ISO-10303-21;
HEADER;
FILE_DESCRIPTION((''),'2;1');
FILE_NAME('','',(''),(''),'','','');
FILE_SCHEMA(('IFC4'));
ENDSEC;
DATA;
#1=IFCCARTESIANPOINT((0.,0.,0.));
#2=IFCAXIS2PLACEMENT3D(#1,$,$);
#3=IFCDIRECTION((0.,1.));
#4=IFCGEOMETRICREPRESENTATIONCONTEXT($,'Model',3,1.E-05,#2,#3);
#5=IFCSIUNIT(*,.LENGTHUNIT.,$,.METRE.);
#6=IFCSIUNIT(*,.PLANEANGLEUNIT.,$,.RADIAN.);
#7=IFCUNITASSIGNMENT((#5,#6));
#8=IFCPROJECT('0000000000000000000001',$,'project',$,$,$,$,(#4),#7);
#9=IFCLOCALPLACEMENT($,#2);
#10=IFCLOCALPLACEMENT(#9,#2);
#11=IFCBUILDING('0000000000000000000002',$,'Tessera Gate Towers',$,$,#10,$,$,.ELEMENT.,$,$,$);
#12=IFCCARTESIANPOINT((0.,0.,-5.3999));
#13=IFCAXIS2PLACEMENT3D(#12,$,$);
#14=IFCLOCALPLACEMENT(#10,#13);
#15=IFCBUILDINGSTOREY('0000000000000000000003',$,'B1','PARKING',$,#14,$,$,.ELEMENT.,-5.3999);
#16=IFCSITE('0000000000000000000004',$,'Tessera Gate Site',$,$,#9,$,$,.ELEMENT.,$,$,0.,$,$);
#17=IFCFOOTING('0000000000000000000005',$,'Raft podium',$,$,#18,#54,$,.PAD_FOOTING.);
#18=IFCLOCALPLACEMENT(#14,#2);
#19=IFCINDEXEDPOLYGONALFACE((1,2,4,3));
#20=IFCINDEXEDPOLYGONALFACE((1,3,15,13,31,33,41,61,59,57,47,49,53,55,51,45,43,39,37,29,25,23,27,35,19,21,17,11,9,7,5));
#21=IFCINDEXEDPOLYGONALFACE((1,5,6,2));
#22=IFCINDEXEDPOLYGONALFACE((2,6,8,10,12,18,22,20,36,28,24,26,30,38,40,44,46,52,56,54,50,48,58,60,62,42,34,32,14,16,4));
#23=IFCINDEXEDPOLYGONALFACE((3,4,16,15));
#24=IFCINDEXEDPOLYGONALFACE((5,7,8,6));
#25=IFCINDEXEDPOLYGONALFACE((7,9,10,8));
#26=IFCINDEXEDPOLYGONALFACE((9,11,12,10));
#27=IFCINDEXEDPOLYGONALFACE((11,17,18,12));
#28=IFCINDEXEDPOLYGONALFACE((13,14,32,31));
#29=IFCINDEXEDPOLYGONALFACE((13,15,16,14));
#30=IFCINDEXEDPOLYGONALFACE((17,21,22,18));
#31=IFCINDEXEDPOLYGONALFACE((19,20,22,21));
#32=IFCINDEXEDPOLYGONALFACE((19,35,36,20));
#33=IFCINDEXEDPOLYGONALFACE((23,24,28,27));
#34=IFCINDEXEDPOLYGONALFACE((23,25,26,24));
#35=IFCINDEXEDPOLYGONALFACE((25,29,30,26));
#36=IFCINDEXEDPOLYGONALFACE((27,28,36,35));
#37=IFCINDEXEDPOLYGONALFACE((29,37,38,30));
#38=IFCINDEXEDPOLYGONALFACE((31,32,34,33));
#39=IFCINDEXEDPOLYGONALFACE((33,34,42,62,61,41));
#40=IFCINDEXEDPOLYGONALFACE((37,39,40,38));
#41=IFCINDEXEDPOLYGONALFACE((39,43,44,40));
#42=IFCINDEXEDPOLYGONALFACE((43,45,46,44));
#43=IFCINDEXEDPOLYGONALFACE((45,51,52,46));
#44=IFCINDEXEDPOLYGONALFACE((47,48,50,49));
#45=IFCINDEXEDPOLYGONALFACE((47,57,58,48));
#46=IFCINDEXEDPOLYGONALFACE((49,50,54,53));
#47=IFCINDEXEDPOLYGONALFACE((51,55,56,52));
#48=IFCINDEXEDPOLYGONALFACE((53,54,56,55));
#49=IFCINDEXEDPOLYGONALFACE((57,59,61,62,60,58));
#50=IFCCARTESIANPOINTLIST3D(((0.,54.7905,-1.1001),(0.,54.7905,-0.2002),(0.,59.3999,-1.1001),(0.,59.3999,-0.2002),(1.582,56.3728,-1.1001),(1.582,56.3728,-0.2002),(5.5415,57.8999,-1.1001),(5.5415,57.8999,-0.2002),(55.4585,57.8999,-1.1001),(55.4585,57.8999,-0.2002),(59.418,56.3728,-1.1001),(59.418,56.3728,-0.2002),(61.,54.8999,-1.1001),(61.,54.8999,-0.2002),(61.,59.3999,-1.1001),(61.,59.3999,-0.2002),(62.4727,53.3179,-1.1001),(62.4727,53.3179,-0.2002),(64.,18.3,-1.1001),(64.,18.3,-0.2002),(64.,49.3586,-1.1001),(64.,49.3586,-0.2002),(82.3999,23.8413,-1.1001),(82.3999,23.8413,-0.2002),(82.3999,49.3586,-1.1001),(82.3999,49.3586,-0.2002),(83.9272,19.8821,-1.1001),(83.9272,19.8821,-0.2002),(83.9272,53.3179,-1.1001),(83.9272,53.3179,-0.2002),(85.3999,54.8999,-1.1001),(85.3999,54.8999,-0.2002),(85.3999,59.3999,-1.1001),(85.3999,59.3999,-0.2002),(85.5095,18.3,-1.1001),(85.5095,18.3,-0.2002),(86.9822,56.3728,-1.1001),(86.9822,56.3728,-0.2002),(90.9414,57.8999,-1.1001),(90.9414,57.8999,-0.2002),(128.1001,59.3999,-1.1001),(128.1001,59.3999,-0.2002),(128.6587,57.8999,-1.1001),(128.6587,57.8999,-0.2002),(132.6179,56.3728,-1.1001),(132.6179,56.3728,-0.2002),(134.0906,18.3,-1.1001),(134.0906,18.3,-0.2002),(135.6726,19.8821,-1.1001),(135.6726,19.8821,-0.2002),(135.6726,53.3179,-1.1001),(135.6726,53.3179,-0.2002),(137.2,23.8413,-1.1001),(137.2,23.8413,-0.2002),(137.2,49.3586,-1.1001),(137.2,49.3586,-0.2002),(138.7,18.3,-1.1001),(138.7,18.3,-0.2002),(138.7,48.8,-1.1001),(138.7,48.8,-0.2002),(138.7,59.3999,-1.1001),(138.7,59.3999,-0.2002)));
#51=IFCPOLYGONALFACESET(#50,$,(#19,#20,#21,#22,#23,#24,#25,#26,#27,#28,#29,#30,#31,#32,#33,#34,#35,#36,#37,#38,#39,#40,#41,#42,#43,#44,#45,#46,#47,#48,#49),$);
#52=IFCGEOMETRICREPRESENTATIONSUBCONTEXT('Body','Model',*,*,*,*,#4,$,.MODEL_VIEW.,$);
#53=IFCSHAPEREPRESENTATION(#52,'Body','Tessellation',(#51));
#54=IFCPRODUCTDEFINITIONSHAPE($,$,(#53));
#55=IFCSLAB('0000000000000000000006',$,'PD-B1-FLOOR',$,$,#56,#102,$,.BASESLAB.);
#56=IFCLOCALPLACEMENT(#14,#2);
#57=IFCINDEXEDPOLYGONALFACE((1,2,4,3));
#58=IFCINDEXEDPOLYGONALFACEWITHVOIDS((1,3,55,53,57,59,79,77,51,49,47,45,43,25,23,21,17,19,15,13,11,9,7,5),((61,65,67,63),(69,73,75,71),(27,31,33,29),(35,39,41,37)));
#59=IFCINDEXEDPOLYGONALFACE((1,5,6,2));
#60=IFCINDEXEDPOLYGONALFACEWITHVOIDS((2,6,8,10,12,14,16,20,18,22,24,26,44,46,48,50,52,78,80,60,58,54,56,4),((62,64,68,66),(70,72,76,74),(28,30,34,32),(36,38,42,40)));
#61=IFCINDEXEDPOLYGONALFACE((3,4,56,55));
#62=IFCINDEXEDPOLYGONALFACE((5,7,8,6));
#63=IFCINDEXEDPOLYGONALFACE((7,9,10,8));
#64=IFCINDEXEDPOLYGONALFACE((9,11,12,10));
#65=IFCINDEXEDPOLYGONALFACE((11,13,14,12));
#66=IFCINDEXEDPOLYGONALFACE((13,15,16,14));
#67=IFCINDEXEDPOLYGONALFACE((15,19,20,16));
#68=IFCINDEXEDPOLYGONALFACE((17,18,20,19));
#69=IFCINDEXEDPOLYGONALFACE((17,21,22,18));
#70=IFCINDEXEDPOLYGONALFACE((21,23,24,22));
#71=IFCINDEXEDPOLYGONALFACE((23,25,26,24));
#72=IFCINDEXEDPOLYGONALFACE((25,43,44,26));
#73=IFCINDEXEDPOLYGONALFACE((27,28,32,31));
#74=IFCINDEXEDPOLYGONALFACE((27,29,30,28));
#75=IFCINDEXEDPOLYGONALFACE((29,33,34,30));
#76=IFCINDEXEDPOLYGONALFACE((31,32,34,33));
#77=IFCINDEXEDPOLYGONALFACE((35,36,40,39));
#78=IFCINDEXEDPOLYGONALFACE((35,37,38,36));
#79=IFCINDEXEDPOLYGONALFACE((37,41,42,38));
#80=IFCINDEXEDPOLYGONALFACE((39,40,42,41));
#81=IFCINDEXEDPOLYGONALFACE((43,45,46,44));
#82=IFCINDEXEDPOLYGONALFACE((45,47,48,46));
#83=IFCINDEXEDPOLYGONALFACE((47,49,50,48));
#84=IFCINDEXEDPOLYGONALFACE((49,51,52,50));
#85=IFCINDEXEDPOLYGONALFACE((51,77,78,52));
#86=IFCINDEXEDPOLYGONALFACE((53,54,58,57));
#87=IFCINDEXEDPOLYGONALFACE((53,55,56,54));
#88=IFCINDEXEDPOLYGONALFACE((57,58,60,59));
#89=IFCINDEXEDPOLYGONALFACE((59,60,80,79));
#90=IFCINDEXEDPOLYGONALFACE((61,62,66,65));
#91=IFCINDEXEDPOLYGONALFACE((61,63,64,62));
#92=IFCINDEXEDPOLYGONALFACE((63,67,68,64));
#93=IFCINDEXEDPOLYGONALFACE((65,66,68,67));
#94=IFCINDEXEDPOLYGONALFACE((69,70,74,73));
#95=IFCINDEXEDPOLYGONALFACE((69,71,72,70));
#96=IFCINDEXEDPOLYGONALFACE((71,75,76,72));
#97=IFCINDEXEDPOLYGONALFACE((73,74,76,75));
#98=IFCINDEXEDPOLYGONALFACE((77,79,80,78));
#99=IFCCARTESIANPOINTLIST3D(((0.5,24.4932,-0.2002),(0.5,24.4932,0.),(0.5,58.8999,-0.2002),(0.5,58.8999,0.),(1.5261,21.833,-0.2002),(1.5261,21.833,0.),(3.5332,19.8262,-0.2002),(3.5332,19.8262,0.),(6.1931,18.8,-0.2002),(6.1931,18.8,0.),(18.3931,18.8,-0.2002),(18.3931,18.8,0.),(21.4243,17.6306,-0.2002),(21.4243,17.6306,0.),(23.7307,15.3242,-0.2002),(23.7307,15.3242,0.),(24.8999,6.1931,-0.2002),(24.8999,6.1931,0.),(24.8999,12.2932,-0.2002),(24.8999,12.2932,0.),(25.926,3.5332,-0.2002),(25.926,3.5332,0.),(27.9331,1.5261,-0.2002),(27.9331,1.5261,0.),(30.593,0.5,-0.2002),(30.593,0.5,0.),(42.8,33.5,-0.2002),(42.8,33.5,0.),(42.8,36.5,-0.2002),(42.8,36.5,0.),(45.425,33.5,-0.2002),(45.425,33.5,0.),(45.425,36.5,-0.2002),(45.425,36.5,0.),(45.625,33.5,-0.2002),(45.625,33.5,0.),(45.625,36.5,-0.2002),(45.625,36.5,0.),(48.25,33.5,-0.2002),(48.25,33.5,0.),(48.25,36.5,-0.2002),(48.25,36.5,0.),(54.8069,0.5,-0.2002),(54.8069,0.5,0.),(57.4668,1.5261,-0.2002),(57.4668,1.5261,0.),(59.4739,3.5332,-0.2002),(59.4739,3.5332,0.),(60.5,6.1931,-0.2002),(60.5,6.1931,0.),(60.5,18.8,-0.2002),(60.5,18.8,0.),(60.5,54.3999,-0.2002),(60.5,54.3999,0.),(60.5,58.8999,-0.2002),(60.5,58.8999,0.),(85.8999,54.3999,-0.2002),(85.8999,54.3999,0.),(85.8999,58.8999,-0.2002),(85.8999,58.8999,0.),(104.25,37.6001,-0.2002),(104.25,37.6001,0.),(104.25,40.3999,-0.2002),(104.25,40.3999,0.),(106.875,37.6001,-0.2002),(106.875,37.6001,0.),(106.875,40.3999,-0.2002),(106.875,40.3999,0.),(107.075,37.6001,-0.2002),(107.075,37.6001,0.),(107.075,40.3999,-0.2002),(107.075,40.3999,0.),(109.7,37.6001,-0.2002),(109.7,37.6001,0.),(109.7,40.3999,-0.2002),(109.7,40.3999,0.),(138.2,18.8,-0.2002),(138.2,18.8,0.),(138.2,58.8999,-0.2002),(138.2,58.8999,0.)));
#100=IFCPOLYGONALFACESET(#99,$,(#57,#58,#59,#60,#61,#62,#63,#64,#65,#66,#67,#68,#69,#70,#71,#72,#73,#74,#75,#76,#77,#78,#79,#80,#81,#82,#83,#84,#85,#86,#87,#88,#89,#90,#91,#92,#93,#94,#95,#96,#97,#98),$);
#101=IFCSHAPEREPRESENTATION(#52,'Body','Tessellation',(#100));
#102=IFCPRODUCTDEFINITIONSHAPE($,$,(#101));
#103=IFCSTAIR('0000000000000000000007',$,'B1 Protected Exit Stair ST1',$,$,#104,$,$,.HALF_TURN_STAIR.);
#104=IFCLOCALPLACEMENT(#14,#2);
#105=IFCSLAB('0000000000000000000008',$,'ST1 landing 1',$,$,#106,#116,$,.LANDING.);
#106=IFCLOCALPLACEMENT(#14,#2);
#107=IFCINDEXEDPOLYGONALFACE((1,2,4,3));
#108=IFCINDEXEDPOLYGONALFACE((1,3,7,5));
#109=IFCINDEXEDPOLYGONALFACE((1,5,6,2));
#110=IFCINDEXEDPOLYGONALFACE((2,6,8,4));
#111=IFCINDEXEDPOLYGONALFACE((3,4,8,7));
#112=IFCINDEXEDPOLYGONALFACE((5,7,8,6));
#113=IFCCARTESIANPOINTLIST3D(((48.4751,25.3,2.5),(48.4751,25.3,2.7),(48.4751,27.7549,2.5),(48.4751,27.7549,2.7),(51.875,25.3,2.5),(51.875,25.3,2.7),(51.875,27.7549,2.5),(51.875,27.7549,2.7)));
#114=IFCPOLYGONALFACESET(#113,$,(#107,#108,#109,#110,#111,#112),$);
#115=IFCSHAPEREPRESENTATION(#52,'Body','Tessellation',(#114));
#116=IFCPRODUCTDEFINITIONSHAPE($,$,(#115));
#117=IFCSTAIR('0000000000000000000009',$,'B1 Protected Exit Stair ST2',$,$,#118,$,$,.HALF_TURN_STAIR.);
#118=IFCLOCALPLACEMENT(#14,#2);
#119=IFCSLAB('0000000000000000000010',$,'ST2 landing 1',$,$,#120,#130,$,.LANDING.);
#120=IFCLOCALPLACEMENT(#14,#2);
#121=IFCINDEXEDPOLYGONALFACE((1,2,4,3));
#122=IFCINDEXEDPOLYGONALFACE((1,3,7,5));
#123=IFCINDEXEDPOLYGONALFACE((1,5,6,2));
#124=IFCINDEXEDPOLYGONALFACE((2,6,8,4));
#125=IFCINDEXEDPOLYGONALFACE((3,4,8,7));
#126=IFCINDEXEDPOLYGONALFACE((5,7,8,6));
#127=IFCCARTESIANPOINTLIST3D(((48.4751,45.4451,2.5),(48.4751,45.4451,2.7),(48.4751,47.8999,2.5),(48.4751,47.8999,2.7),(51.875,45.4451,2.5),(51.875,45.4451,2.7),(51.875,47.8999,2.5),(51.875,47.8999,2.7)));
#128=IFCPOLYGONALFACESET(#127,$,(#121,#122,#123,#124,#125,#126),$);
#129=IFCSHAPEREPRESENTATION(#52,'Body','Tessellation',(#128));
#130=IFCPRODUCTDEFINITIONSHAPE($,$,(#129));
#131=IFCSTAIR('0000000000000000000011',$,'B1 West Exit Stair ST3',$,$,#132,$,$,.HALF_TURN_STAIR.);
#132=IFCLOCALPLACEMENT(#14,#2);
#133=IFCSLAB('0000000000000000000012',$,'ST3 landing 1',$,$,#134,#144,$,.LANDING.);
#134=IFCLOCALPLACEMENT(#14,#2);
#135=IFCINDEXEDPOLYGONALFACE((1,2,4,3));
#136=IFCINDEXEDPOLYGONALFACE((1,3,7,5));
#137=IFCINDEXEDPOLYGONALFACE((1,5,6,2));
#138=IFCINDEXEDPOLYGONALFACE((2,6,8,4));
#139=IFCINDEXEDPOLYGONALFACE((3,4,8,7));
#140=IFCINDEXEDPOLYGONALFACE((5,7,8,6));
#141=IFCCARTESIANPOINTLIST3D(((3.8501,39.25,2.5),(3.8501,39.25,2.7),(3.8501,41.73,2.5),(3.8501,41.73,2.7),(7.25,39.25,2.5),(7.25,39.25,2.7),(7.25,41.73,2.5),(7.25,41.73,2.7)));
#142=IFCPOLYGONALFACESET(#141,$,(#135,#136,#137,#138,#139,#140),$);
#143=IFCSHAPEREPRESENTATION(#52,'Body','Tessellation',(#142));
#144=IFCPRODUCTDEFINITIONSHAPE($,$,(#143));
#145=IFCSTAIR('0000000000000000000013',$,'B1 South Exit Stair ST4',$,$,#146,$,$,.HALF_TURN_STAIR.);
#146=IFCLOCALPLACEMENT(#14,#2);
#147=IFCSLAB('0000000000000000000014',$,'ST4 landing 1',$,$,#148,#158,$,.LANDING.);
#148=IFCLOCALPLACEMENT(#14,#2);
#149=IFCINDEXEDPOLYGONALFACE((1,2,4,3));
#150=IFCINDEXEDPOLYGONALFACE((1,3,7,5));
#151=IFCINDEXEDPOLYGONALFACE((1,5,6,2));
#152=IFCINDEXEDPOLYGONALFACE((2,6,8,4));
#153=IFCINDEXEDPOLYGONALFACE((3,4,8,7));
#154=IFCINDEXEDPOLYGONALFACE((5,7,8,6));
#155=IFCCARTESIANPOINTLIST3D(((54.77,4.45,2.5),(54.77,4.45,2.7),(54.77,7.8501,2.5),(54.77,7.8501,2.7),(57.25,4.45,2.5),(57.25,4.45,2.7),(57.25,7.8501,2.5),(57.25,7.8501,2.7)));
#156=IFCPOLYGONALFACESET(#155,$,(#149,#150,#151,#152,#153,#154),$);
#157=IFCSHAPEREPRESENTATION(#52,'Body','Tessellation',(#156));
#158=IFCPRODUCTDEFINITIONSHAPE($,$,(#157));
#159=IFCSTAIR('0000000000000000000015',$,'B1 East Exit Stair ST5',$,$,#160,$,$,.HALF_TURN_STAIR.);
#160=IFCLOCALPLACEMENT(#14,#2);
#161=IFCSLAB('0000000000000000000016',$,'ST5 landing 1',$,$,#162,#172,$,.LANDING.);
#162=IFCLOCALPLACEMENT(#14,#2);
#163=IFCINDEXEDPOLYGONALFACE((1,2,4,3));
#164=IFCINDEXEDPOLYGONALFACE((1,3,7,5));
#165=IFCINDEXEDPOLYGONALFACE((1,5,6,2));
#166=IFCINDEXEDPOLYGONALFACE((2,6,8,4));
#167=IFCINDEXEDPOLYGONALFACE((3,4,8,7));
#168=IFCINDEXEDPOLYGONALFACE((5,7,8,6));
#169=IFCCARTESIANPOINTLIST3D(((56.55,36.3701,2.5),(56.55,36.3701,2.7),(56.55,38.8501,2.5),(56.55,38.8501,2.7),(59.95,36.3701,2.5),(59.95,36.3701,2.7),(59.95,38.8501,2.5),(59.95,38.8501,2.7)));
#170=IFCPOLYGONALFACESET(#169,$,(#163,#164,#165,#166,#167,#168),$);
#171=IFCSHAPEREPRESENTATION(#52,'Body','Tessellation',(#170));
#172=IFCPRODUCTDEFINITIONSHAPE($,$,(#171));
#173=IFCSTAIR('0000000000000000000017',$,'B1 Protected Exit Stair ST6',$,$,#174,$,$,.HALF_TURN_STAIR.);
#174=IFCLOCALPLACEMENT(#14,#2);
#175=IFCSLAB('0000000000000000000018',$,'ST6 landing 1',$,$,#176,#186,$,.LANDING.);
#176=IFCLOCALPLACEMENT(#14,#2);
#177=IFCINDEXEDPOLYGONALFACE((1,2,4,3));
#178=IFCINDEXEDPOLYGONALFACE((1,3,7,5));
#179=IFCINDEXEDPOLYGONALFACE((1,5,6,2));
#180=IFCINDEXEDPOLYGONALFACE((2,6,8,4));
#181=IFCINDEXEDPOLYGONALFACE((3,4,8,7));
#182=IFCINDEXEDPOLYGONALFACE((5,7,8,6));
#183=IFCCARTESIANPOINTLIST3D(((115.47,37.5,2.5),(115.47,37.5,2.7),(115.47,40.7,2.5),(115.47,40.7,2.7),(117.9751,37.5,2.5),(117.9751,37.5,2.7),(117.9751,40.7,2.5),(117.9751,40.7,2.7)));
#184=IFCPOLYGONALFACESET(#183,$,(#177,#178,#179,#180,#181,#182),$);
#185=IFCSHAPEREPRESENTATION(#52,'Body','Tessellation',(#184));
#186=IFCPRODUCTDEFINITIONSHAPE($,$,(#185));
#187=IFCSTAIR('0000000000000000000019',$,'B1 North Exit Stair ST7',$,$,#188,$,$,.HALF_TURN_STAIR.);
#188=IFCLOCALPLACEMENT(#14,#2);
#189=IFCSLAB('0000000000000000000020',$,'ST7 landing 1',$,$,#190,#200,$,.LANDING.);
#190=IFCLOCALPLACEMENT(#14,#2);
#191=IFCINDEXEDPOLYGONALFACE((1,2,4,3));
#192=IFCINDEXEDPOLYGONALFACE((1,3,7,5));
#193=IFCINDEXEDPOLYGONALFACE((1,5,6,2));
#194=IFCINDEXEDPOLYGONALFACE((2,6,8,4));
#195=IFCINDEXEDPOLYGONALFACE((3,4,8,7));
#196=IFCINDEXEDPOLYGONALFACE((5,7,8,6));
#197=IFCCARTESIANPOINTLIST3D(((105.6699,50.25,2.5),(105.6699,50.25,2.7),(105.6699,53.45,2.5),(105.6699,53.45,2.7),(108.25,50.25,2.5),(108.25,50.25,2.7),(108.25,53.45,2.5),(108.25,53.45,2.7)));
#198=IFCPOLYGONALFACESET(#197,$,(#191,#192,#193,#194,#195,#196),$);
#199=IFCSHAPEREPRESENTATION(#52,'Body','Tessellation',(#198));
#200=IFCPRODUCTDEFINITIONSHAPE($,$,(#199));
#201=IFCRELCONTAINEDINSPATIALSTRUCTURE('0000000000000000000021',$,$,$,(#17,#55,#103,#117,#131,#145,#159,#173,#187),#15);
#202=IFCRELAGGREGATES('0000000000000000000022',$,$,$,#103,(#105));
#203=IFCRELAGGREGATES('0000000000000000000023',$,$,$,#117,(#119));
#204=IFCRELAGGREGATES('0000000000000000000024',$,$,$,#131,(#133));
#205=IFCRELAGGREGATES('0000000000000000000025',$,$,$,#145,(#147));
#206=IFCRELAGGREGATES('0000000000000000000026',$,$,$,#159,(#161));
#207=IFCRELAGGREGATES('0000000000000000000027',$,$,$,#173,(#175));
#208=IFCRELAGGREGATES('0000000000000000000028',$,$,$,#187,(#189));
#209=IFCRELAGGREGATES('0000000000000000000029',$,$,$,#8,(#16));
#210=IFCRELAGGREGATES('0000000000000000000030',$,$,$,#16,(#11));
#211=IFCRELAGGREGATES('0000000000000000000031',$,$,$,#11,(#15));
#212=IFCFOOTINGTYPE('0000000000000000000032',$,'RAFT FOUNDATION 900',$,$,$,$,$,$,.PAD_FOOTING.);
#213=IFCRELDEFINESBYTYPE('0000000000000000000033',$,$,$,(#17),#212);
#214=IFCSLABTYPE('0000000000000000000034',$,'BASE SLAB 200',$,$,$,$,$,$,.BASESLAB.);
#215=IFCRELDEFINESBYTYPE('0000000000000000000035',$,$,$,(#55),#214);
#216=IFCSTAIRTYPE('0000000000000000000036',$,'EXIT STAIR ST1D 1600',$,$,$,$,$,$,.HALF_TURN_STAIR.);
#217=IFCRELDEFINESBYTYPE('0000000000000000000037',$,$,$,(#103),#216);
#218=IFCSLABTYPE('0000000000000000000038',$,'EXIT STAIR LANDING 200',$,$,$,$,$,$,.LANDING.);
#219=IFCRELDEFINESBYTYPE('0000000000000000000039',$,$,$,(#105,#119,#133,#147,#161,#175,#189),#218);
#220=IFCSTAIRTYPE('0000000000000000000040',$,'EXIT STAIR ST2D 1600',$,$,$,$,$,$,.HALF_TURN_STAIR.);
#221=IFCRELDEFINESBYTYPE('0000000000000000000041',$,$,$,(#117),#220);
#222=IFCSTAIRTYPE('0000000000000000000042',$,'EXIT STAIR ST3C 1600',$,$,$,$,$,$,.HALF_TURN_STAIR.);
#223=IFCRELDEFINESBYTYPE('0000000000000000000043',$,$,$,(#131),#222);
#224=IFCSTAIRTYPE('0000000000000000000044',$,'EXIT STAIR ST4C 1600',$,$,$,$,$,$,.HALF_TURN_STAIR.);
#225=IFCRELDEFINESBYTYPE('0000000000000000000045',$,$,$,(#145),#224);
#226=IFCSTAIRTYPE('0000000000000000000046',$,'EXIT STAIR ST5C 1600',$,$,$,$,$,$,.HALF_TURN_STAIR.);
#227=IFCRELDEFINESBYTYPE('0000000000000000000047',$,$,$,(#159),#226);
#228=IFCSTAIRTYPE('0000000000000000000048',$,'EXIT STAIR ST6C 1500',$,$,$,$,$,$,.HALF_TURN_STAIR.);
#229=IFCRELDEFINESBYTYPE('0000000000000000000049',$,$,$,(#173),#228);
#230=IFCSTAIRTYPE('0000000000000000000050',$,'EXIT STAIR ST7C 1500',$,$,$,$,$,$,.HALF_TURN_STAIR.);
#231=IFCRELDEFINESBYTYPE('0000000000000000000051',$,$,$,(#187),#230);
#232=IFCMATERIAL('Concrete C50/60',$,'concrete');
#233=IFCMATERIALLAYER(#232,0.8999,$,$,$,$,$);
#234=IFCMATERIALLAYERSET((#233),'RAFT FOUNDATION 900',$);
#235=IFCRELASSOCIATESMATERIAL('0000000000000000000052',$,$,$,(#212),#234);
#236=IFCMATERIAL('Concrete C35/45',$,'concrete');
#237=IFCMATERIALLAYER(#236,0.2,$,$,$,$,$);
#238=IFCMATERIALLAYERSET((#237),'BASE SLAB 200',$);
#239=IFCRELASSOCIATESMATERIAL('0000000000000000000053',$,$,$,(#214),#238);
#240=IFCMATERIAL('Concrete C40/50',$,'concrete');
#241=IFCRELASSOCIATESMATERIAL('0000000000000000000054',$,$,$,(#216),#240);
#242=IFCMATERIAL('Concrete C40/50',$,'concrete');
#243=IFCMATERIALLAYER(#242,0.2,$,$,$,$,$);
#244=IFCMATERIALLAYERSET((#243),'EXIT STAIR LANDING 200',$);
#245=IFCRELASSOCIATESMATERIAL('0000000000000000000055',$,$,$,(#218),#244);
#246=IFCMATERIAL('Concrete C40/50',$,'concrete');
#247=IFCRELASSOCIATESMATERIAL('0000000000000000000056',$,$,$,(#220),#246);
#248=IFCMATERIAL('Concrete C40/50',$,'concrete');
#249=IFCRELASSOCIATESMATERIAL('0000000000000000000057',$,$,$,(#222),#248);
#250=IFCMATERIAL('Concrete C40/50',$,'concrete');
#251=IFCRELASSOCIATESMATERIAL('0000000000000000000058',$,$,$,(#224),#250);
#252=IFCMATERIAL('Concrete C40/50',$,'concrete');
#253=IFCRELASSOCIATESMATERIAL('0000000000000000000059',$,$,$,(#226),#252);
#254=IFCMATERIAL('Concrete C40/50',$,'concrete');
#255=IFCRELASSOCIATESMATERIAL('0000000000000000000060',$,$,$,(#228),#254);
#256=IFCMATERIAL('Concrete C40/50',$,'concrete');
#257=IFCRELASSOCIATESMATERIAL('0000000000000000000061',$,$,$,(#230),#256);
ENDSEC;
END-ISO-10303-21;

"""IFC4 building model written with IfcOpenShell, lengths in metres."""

from ifc_helpers import new_model, si_unit, direction, frame, origin, place, context, subcontext, project, spatial, polyline, outline, extrude, material, layer, layer_set, type_object, element, aggregate, save


model = new_model("IFC4")

# Units and contexts
model_context = context("Model", 3, precision=1e-05, world=origin(), true_north=direction((0.0, 1.0)))
body_context = subcontext(model_context, "Body", "Model", "MODEL_VIEW")
ifc_project = project(units=[si_unit("LENGTHUNIT", "METRE"), si_unit("PLANEANGLEUNIT", "RADIAN")], contexts=[model_context])

# Site, building, storey
site_placement = place(None, origin())
site = spatial("IfcSite", under=ifc_project, at=site_placement, Name="Tessera Gate Site", CompositionType="ELEMENT", RefElevation=0.0)
building_placement = place(site_placement, origin())
building = spatial("IfcBuilding", under=site, at=building_placement, Name="Tessera Gate Towers", CompositionType="ELEMENT")
storey_placement = place(building_placement, frame((0.0, 0.0, -5.3999)))
storey = spatial("IfcBuildingStorey", under=building, at=storey_placement, Name="B1", Description="PARKING", CompositionType="ELEMENT", Elevation=-5.3999)

# Footing
ifc_material_1 = material(Name="Concrete C50/60", Category="concrete")
ifc_layer_1 = layer(ifc_material_1, 0.8999)
ifc_layer_set_1 = layer_set([ifc_layer_1], Name="RAFT FOUNDATION 900")
footing_type_1 = type_object("IfcFootingType", Name="RAFT FOUNDATION 900", PredefinedType="PAD_FOOTING", material=ifc_layer_set_1)
footing_1_placement = place(storey_placement, frame((0.0, 0.0, -1.1001)))
element("IfcFooting", 1, at=footing_1_placement, inside=storey, type_object=footing_type_1, Name="Raft podium", PredefinedType="PAD_FOOTING", context=body_context, shape_type="SweptSolid", body=[
    extrude(outline(polyline([(0.0, 54.7905), (1.582, 56.3728), (5.5415, 57.8999), (55.4585, 57.8999), (59.418, 56.3728), (62.4727, 53.3179), (64.0, 49.3586), (64.0, 18.3), (85.5095, 18.3), (83.9272, 19.8821), (82.3999, 23.8413), (82.3999, 49.3586), (83.9272, 53.3179), (86.9822, 56.3728), (90.9414, 57.8999), (128.6587, 57.8999), (132.6179, 56.3728), (135.6726, 53.3179), (137.2, 49.3586), (137.2, 23.8413), (135.6726, 19.8821), (134.0906, 18.3), (138.7, 18.3), (138.7, 48.8), (138.7, 59.3999), (128.1001, 59.3999), (85.3999, 59.3999), (85.3999, 54.8999), (61.0, 54.8999), (61.0, 59.3999), (0.0, 59.3999), (0.0, 54.7905)])), origin(), (0.0, 0.0, 1.0), 0.8999),
])

# Slab
ifc_material_2 = material(Name="Concrete C35/45", Category="concrete")
ifc_layer_2 = layer(ifc_material_2, 0.2)
ifc_layer_set_2 = layer_set([ifc_layer_2], Name="BASE SLAB 200")
slab_type_1 = type_object("IfcSlabType", Name="BASE SLAB 200", PredefinedType="BASESLAB", material=ifc_layer_set_2)
slab_1_placement = place(storey_placement, frame((0.0, 0.0, -0.2002)))
element("IfcSlab", 2, at=slab_1_placement, inside=storey, type_object=slab_type_1, Name="PD-B1-FLOOR", PredefinedType="BASESLAB", context=body_context, shape_type="SweptSolid", body=[
    extrude(outline(polyline([(0.5, 24.4932), (1.5261, 21.833), (3.5332, 19.8262), (6.1931, 18.8), (18.3931, 18.8), (21.4243, 17.6306), (23.7307, 15.3242), (24.8999, 12.2932), (24.8999, 6.1931), (25.926, 3.5332), (27.9331, 1.5261), (30.593, 0.5), (54.8069, 0.5), (57.4668, 1.5261), (59.4739, 3.5332), (60.5, 6.1931), (60.5, 18.8), (138.2, 18.8), (138.2, 58.8999), (85.8999, 58.8999), (85.8999, 54.3999), (60.5, 54.3999), (60.5, 58.8999), (0.5, 58.8999), (0.5, 24.4932)]), holes=[polyline([(42.8, 33.5), (42.8, 36.5), (45.425, 36.5), (45.425, 33.5), (42.8, 33.5)]), polyline([(45.625, 33.5), (45.625, 36.5), (48.25, 36.5), (48.25, 33.5), (45.625, 33.5)]), polyline([(104.25, 37.6001), (104.25, 40.3999), (106.875, 40.3999), (106.875, 37.6001), (104.25, 37.6001)]), polyline([(107.075, 37.6001), (107.075, 40.3999), (109.7, 40.3999), (109.7, 37.6001), (107.075, 37.6001)])]), origin(), (0.0, 0.0, 1.0), 0.2002),
])

# Stairs, slabs
ifc_material_3 = material(Name="Concrete C40/50", Category="concrete")
stair_type_1 = type_object("IfcStairType", Name="EXIT STAIR ST1D 1600", PredefinedType="HALF_TURN_STAIR", material=ifc_material_3)
stair_1_placement = place(storey_placement, origin())
stair_1 = element("IfcStair", 3, at=stair_1_placement, inside=storey, type_object=stair_type_1, Name="B1 Protected Exit Stair ST1", PredefinedType="HALF_TURN_STAIR")
ifc_material_4 = material(Name="Concrete C40/50", Category="concrete")
ifc_layer_3 = layer(ifc_material_4, 0.2)
ifc_layer_set_3 = layer_set([ifc_layer_3], Name="EXIT STAIR LANDING 200")
slab_type_2 = type_object("IfcSlabType", Name="EXIT STAIR LANDING 200", PredefinedType="LANDING", material=ifc_layer_set_3)
slab_2_placement = place(storey_placement, frame((0.0, 0.0, 2.5)))
slab_2 = element("IfcSlab", 4, at=slab_2_placement, type_object=slab_type_2, Name="ST1 landing 1", PredefinedType="LANDING", context=body_context, shape_type="SweptSolid", body=[
    extrude(outline(polyline([(48.4751, 27.7549), (48.4751, 25.3), (51.875, 25.3), (51.875, 27.7549), (48.4751, 27.7549)])), origin(), (0.0, 0.0, 1.0), 0.2),
])
aggregate(stair_1, [slab_2])
ifc_material_5 = material(Name="Concrete C40/50", Category="concrete")
stair_type_2 = type_object("IfcStairType", Name="EXIT STAIR ST2D 1600", PredefinedType="HALF_TURN_STAIR", material=ifc_material_5)
stair_2_placement = place(storey_placement, origin())
stair_2 = element("IfcStair", 5, at=stair_2_placement, inside=storey, type_object=stair_type_2, Name="B1 Protected Exit Stair ST2", PredefinedType="HALF_TURN_STAIR")
slab_3_placement = place(storey_placement, frame((0.0, 0.0, 2.5)))
slab_3 = element("IfcSlab", 6, at=slab_3_placement, type_object=slab_type_2, Name="ST2 landing 1", PredefinedType="LANDING", context=body_context, shape_type="SweptSolid", body=[
    extrude(outline(polyline([(51.875, 45.4451), (51.875, 47.8999), (48.4751, 47.8999), (48.4751, 45.4451), (51.875, 45.4451)])), origin(), (0.0, 0.0, 1.0), 0.2),
])
aggregate(stair_2, [slab_3])
ifc_material_6 = material(Name="Concrete C40/50", Category="concrete")
stair_type_3 = type_object("IfcStairType", Name="EXIT STAIR ST3C 1600", PredefinedType="HALF_TURN_STAIR", material=ifc_material_6)
stair_3_placement = place(storey_placement, origin())
stair_3 = element("IfcStair", 7, at=stair_3_placement, inside=storey, type_object=stair_type_3, Name="B1 West Exit Stair ST3", PredefinedType="HALF_TURN_STAIR")
slab_4_placement = place(storey_placement, frame((0.0, 0.0, 2.5)))
slab_4 = element("IfcSlab", 8, at=slab_4_placement, type_object=slab_type_2, Name="ST3 landing 1", PredefinedType="LANDING", context=body_context, shape_type="SweptSolid", body=[
    extrude(outline(polyline([(3.8501, 41.73), (3.8501, 39.25), (7.25, 39.25), (7.25, 41.73), (3.8501, 41.73)])), origin(), (0.0, 0.0, 1.0), 0.2),
])
aggregate(stair_3, [slab_4])
ifc_material_7 = material(Name="Concrete C40/50", Category="concrete")
stair_type_4 = type_object("IfcStairType", Name="EXIT STAIR ST4C 1600", PredefinedType="HALF_TURN_STAIR", material=ifc_material_7)
stair_4_placement = place(storey_placement, origin())
stair_4 = element("IfcStair", 9, at=stair_4_placement, inside=storey, type_object=stair_type_4, Name="B1 South Exit Stair ST4", PredefinedType="HALF_TURN_STAIR")
slab_5_placement = place(storey_placement, frame((0.0, 0.0, 2.5)))
slab_5 = element("IfcSlab", 10, at=slab_5_placement, type_object=slab_type_2, Name="ST4 landing 1", PredefinedType="LANDING", context=body_context, shape_type="SweptSolid", body=[
    extrude(outline(polyline([(54.77, 4.45), (57.25, 4.45), (57.25, 7.8501), (54.77, 7.8501), (54.77, 4.45)])), origin(), (0.0, 0.0, 1.0), 0.2),
])
aggregate(stair_4, [slab_5])
ifc_material_8 = material(Name="Concrete C40/50", Category="concrete")
stair_type_5 = type_object("IfcStairType", Name="EXIT STAIR ST5C 1600", PredefinedType="HALF_TURN_STAIR", material=ifc_material_8)
stair_5_placement = place(storey_placement, origin())
stair_5 = element("IfcStair", 11, at=stair_5_placement, inside=storey, type_object=stair_type_5, Name="B1 East Exit Stair ST5", PredefinedType="HALF_TURN_STAIR")
slab_6_placement = place(storey_placement, frame((0.0, 0.0, 2.5)))
slab_6 = element("IfcSlab", 12, at=slab_6_placement, type_object=slab_type_2, Name="ST5 landing 1", PredefinedType="LANDING", context=body_context, shape_type="SweptSolid", body=[
    extrude(outline(polyline([(59.95, 36.3701), (59.95, 38.8501), (56.55, 38.8501), (56.55, 36.3701), (59.95, 36.3701)])), origin(), (0.0, 0.0, 1.0), 0.2),
])
aggregate(stair_5, [slab_6])
ifc_material_9 = material(Name="Concrete C40/50", Category="concrete")
stair_type_6 = type_object("IfcStairType", Name="EXIT STAIR ST6C 1500", PredefinedType="HALF_TURN_STAIR", material=ifc_material_9)
stair_6_placement = place(storey_placement, origin())
stair_6 = element("IfcStair", 13, at=stair_6_placement, inside=storey, type_object=stair_type_6, Name="B1 Protected Exit Stair ST6", PredefinedType="HALF_TURN_STAIR")
slab_7_placement = place(storey_placement, frame((0.0, 0.0, 2.5)))
slab_7 = element("IfcSlab", 14, at=slab_7_placement, type_object=slab_type_2, Name="ST6 landing 1", PredefinedType="LANDING", context=body_context, shape_type="SweptSolid", body=[
    extrude(outline(polyline([(115.47, 37.5), (117.9751, 37.5), (117.9751, 40.7), (115.47, 40.7), (115.47, 37.5)])), origin(), (0.0, 0.0, 1.0), 0.2),
])
aggregate(stair_6, [slab_7])
ifc_material_10 = material(Name="Concrete C40/50", Category="concrete")
stair_type_7 = type_object("IfcStairType", Name="EXIT STAIR ST7C 1500", PredefinedType="HALF_TURN_STAIR", material=ifc_material_10)
stair_7_placement = place(storey_placement, origin())
stair_7 = element("IfcStair", 15, at=stair_7_placement, inside=storey, type_object=stair_type_7, Name="B1 North Exit Stair ST7", PredefinedType="HALF_TURN_STAIR")
slab_8_placement = place(storey_placement, frame((0.0, 0.0, 2.5)))
slab_8 = element("IfcSlab", 16, at=slab_8_placement, type_object=slab_type_2, Name="ST7 landing 1", PredefinedType="LANDING", context=body_context, shape_type="SweptSolid", body=[
    extrude(outline(polyline([(105.6699, 50.25), (108.25, 50.25), (108.25, 53.45), (105.6699, 53.45), (105.6699, 50.25)])), origin(), (0.0, 0.0, 1.0), 0.2),
])
aggregate(stair_7, [slab_8])

save(model, "model.ifc")
